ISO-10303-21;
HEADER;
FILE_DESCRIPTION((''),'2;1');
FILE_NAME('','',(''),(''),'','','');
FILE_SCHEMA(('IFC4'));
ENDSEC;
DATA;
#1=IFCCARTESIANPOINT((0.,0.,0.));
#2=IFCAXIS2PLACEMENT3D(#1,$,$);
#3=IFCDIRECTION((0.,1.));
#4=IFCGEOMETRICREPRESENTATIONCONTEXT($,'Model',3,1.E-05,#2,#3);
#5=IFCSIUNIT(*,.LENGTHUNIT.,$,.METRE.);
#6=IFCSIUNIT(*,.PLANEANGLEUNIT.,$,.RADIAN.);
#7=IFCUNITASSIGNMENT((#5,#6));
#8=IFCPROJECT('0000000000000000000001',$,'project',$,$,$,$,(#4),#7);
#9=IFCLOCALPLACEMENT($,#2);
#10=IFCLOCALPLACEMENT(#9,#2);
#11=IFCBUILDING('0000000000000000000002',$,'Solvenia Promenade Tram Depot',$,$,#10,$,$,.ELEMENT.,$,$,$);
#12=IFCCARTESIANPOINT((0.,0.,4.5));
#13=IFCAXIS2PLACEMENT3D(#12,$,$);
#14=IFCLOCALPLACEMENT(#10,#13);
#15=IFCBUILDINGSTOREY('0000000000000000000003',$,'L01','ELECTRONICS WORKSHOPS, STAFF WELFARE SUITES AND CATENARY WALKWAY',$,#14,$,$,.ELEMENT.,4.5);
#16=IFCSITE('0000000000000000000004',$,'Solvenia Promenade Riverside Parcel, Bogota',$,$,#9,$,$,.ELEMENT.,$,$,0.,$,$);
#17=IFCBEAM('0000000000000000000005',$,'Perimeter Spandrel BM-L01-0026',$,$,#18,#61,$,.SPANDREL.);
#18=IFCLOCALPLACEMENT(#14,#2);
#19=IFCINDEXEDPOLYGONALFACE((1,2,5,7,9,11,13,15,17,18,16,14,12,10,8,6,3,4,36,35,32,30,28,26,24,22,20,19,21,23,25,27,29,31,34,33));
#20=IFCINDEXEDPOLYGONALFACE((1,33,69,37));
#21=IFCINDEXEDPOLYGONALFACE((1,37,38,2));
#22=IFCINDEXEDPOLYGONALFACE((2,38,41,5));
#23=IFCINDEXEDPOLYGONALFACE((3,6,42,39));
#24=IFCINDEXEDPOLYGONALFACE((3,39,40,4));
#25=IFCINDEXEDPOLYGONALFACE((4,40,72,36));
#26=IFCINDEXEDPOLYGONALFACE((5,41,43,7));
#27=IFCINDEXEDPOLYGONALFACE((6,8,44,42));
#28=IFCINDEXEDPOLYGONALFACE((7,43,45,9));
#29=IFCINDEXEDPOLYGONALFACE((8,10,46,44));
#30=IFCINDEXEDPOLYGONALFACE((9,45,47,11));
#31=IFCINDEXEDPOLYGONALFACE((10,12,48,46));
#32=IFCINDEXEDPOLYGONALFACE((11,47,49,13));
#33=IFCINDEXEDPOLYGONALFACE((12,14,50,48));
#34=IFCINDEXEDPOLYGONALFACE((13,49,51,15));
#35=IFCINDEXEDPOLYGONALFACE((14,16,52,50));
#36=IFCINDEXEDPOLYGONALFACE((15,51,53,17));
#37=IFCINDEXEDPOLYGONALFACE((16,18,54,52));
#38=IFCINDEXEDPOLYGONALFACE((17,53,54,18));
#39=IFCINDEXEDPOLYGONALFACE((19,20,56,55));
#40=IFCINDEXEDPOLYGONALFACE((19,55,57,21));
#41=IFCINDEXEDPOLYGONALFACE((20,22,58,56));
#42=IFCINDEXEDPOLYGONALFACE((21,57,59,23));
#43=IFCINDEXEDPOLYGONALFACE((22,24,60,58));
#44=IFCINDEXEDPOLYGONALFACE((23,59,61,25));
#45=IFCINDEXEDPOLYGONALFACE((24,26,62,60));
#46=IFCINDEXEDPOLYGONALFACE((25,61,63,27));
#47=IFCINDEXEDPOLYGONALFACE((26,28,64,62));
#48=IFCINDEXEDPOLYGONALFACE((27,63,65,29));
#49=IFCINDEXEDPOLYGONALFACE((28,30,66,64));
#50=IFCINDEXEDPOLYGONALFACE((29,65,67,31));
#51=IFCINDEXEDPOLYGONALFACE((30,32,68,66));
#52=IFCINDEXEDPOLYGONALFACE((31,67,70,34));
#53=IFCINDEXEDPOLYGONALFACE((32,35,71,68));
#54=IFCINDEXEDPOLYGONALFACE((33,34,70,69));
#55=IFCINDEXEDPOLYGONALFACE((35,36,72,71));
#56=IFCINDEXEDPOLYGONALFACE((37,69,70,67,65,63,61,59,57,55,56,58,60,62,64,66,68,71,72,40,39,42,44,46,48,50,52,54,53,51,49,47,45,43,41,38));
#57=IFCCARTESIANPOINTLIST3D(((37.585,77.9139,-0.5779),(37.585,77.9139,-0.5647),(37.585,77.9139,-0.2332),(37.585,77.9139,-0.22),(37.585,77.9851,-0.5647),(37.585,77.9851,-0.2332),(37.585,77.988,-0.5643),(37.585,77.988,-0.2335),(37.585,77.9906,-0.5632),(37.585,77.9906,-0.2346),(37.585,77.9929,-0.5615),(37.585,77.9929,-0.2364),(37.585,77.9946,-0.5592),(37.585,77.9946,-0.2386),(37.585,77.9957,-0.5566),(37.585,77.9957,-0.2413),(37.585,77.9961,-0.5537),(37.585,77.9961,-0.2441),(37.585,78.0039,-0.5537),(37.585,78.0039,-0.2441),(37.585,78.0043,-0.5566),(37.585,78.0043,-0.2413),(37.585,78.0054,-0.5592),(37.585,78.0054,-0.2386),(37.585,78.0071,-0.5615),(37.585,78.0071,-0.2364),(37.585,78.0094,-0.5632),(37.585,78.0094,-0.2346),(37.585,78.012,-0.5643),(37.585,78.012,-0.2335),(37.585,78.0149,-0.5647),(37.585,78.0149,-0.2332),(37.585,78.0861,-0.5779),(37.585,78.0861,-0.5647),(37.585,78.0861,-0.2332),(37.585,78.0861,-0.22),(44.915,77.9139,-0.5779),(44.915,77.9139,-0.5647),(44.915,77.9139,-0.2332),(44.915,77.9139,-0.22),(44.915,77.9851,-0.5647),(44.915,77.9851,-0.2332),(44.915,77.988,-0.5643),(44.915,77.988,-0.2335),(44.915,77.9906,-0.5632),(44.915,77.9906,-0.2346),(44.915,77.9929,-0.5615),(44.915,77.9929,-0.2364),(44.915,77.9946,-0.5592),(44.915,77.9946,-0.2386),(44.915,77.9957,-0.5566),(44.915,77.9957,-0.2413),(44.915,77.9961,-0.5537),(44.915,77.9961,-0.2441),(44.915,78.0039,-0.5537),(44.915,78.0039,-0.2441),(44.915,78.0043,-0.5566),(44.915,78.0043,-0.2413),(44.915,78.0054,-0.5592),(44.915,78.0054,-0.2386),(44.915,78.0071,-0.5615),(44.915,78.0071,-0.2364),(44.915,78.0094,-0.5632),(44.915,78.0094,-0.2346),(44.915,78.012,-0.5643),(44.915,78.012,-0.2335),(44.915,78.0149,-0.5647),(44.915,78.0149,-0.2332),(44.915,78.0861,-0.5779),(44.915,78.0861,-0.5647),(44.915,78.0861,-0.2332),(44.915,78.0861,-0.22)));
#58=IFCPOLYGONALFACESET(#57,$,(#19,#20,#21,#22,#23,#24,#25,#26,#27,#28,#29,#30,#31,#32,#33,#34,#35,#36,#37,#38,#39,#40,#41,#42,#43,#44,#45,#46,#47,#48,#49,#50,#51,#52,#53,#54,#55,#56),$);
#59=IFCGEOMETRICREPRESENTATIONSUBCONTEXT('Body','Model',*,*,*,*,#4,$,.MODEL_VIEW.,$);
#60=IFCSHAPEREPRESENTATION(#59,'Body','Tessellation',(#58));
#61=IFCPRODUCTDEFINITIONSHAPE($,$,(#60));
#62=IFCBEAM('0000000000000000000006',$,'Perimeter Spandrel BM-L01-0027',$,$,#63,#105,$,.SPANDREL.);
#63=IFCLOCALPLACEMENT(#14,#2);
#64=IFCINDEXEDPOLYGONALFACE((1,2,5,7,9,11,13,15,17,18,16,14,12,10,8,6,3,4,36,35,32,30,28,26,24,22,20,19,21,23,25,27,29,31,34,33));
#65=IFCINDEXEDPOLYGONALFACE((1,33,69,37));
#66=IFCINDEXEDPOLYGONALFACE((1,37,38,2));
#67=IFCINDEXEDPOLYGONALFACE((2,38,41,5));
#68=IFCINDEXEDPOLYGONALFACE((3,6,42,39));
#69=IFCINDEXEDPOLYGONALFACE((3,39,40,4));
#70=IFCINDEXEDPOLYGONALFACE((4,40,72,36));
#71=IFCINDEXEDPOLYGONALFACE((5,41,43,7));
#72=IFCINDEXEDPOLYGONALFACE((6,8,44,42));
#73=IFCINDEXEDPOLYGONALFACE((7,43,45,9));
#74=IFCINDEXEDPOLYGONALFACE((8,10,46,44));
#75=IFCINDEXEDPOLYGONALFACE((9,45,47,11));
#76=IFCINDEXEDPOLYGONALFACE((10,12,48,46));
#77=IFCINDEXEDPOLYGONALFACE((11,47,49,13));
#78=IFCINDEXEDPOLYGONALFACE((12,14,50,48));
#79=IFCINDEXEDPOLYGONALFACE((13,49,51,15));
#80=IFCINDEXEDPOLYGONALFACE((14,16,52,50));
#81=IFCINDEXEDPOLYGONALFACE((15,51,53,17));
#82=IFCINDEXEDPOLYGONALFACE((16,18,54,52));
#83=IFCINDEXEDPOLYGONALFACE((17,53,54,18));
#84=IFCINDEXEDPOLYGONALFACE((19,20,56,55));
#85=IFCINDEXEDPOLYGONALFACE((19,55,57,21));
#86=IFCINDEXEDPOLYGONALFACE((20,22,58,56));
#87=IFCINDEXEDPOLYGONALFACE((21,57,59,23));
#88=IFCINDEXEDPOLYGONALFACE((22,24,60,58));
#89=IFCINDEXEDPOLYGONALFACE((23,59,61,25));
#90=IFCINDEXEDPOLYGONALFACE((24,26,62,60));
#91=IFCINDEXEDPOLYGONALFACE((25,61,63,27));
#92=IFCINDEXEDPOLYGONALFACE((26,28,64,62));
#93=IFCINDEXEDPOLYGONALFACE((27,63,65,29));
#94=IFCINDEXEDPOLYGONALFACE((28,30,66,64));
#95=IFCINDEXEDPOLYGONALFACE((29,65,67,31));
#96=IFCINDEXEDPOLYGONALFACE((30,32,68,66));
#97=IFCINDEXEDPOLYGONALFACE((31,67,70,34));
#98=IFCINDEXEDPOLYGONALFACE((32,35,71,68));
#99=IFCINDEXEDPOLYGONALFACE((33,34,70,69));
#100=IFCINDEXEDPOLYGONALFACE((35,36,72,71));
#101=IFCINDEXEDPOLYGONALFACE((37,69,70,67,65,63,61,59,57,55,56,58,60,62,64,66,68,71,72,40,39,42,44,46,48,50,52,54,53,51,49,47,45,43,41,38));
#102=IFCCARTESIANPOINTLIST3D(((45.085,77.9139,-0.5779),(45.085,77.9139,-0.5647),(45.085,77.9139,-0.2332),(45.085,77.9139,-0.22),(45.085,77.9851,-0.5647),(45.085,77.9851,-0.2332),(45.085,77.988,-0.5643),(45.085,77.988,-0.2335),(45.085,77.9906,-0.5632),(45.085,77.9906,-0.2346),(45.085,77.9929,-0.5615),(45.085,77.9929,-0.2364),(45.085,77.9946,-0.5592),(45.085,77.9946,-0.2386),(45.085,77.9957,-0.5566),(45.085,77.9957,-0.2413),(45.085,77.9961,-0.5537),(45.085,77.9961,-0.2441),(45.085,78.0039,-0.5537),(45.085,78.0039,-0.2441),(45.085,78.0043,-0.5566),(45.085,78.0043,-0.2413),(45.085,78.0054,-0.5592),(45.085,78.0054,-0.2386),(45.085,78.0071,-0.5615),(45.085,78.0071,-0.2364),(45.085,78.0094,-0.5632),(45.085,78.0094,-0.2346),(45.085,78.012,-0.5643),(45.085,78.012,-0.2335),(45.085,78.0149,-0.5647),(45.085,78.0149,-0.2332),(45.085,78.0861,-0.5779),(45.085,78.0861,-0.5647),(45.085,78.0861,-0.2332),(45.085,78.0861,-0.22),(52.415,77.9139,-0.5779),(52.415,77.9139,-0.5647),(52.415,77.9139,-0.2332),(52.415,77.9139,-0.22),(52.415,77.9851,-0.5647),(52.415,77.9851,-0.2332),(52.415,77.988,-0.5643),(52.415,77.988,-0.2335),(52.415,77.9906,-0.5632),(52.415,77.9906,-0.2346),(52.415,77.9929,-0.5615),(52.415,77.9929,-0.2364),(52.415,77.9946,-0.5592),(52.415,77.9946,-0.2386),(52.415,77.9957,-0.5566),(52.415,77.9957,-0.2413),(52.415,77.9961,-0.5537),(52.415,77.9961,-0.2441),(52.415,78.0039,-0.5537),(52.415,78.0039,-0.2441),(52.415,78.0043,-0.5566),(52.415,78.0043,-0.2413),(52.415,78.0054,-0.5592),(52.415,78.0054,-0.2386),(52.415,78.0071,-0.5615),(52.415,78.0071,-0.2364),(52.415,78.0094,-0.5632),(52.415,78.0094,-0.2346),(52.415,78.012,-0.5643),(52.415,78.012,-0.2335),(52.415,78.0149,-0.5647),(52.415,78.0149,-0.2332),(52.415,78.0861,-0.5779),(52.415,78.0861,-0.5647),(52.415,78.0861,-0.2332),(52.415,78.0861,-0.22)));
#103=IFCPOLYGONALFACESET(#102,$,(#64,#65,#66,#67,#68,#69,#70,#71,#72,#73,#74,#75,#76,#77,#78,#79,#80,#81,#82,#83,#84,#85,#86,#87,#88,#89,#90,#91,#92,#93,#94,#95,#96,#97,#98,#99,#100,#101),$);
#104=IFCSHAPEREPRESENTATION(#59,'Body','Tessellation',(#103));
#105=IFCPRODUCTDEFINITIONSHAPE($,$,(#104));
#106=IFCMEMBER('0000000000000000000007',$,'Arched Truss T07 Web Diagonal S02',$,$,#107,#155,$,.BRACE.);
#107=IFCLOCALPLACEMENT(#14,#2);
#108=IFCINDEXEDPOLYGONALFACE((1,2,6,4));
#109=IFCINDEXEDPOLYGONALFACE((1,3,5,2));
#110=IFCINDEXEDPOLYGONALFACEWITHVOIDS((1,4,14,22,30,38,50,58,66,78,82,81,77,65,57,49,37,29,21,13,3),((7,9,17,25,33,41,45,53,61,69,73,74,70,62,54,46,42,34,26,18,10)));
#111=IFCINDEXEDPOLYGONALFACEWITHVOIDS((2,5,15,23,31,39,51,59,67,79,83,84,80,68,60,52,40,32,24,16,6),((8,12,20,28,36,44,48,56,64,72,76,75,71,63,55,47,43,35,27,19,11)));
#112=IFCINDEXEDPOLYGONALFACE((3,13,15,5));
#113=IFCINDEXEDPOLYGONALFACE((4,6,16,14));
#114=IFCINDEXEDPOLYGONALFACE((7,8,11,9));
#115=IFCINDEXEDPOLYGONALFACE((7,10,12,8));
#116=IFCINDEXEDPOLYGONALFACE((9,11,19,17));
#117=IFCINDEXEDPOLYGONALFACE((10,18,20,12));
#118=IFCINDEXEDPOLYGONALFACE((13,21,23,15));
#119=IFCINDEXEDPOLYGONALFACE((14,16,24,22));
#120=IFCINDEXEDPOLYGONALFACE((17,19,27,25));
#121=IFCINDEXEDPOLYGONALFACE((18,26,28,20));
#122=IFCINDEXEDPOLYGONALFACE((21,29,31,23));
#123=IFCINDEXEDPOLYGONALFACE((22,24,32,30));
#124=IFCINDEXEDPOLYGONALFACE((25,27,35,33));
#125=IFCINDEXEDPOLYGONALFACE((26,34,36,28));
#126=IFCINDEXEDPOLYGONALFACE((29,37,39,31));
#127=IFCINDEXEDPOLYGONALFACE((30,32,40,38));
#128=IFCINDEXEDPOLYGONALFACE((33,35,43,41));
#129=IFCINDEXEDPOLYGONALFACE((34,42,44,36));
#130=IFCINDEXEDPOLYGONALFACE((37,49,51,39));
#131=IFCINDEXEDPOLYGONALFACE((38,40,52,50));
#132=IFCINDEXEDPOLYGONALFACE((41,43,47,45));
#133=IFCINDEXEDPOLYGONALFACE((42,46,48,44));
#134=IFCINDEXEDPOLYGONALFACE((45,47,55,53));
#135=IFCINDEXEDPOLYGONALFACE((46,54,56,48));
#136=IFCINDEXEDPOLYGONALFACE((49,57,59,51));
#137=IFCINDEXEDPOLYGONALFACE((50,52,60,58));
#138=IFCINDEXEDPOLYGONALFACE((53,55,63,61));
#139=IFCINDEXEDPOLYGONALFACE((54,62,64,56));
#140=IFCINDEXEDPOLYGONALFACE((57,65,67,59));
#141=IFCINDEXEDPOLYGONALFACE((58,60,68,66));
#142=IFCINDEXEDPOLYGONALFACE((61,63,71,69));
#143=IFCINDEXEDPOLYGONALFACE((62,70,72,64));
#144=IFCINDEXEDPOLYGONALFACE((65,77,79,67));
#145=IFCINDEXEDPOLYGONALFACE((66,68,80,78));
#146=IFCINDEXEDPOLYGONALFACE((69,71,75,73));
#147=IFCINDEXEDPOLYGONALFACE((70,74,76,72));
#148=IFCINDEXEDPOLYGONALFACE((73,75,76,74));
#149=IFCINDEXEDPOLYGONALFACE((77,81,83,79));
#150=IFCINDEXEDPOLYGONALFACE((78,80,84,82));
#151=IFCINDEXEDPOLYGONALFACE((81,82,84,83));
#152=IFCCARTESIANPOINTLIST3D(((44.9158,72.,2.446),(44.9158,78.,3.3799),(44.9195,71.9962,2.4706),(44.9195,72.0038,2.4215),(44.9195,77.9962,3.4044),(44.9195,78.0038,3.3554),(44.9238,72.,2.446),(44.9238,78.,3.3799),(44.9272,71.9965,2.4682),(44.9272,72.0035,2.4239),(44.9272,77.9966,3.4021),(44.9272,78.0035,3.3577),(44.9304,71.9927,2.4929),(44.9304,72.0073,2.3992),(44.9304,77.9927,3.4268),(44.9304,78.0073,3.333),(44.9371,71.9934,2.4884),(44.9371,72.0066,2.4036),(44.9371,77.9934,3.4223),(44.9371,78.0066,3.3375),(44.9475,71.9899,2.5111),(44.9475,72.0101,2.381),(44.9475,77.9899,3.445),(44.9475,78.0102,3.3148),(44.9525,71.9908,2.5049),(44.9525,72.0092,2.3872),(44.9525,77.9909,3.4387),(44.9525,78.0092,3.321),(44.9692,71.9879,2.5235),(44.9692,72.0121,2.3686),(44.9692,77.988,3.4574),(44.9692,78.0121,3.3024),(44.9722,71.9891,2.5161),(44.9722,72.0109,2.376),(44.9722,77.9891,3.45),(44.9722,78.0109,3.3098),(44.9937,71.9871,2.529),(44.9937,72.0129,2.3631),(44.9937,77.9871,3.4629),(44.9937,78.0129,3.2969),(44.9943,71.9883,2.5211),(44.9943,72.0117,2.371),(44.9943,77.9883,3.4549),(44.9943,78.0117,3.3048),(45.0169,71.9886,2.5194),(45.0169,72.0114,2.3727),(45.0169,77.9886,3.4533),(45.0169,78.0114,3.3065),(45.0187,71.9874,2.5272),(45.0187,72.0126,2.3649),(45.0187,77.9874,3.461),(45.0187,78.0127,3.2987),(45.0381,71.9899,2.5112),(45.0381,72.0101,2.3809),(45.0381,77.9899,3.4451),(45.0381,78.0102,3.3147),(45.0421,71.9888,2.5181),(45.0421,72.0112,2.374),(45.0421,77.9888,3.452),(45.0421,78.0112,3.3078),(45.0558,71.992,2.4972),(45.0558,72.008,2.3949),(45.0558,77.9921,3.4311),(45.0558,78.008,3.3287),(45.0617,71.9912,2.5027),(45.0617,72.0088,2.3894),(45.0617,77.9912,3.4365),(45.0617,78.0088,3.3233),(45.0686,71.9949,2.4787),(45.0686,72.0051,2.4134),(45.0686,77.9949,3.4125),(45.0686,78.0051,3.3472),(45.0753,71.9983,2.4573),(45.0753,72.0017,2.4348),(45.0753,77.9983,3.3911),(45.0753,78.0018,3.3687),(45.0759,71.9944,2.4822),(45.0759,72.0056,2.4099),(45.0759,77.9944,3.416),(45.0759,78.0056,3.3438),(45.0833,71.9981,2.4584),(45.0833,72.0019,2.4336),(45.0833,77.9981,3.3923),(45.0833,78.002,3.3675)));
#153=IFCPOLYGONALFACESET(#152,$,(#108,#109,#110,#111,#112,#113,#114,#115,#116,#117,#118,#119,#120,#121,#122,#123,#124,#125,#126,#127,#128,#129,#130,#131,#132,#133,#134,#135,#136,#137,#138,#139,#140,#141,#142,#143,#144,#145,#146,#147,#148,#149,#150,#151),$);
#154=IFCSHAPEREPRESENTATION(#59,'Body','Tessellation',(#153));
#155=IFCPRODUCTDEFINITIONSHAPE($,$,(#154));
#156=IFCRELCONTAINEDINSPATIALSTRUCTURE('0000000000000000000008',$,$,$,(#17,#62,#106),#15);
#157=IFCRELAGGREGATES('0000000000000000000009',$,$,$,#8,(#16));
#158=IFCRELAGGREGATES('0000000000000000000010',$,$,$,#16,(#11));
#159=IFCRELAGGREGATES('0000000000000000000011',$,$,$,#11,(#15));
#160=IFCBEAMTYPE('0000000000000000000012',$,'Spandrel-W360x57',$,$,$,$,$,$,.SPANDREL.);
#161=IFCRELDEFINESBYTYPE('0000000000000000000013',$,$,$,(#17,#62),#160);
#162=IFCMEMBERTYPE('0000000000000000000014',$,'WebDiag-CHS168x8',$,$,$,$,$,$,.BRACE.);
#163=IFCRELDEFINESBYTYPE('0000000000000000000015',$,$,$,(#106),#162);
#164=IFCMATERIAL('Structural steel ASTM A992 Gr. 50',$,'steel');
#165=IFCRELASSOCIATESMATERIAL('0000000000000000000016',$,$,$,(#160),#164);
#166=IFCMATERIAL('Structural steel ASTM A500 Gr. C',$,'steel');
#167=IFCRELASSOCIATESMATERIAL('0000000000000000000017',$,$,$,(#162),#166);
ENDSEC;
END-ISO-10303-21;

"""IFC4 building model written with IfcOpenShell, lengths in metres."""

from ifc_helpers import new_model, si_unit, direction, frame, origin, origin_2d, place, context, subcontext, project, spatial, hollow_circle, i_section, extrude, material, material_profile, profile_set, type_object, element, save


model = new_model("IFC4")

# Units and contexts
model_context = context("Model", 3, precision=1e-05, world=origin(), true_north=direction((0.0, 1.0)))
body_context = subcontext(model_context, "Body", "Model", "MODEL_VIEW")
ifc_project = project(units=[si_unit("LENGTHUNIT", "METRE"), si_unit("PLANEANGLEUNIT", "RADIAN")], contexts=[model_context])

# Site, building, storey
site_placement = place(None, origin())
site = spatial("IfcSite", under=ifc_project, at=site_placement, Name="Solvenia Promenade Riverside Parcel, Bogota", CompositionType="ELEMENT", RefElevation=0.0)
building_placement = place(site_placement, origin())
building = spatial("IfcBuilding", under=site, at=building_placement, Name="Solvenia Promenade Tram Depot", CompositionType="ELEMENT")
storey_placement = place(building_placement, frame((0.0, 0.0, 4.5)))
storey = spatial("IfcBuildingStorey", under=building, at=storey_placement, Name="L01", Description="ELECTRONICS WORKSHOPS, STAFF WELFARE SUITES AND CATENARY WALKWAY", CompositionType="ELEMENT", Elevation=4.5)

# Shared definitions
ifc_material_1 = material(Name="Structural steel ASTM A992 Gr. 50", Category="steel")

# Shared definitions
ifc_material_2 = material(Name="Structural steel ASTM A500 Gr. C", Category="steel")

# Beams
ifc_material_profile_1 = material_profile(ifc_material_1, i_section(OverallWidth=0.1721, OverallDepth=0.3579, WebThickness=0.0078, FlangeThickness=0.0132, FilletRadius=0.011, at=origin_2d()), Name="W360x57", Category="steel")
ifc_profile_set_1 = profile_set([ifc_material_profile_1], Name="Structural steel ASTM A992 Gr. 50")
beam_type_1 = type_object("IfcBeamType", Name="Spandrel-W360x57", PredefinedType="SPANDREL", material=ifc_profile_set_1)
for number, where, z_axis, x_axis, name in (
    (1, (37.585, 78.0, -0.3989), (1.0, 0.0, 0.0), (0.0, 1.0, 0.0), "Perimeter Spandrel BM-L01-0026"),
    (2, (45.085, 78.0, -0.3989), (1.0, 0.0, 0.0), (0.0, 1.0, 0.0), "Perimeter Spandrel BM-L01-0027"),
):
    element("IfcBeam", number, at=place(storey_placement, frame(where, z_axis=z_axis, x_axis=x_axis)), inside=storey, type_object=beam_type_1, Name=name, PredefinedType="SPANDREL", context=body_context, shape_type="SweptSolid", body=[
        extrude(i_section(OverallWidth=0.1721, OverallDepth=0.3579, WebThickness=0.0078, FlangeThickness=0.0132, FilletRadius=0.011, at=origin_2d()), origin(), (0.0, 0.0, 1.0), 7.3301),
    ])

# Member
ifc_material_profile_2 = material_profile(ifc_material_2, hollow_circle(Radius=0.0842, WallThickness=0.0081, at=origin_2d()), Name="CHS168.3x8", Category="steel")
ifc_profile_set_2 = profile_set([ifc_material_profile_2], Name="Structural steel ASTM A500 Gr. C")
member_type_1 = type_object("IfcMemberType", Name="WebDiag-CHS168x8", PredefinedType="BRACE", material=ifc_profile_set_2)
member_1_placement = place(storey_placement, frame((45.0, 72.0, 2.446), z_axis=(0.0, 0.988104, 0.153788), x_axis=(-1.0, 0.0, 0.0)))
element("IfcMember", 3, at=member_1_placement, inside=storey, type_object=member_type_1, Name="Arched Truss T07 Web Diagonal S02", PredefinedType="BRACE", context=body_context, shape_type="SweptSolid", body=[
    extrude(hollow_circle(Radius=0.0842, WallThickness=0.0081, at=origin_2d()), origin(), (0.0, 0.0, 1.0), 6.0723),
])

save(model, "model.ifc")
